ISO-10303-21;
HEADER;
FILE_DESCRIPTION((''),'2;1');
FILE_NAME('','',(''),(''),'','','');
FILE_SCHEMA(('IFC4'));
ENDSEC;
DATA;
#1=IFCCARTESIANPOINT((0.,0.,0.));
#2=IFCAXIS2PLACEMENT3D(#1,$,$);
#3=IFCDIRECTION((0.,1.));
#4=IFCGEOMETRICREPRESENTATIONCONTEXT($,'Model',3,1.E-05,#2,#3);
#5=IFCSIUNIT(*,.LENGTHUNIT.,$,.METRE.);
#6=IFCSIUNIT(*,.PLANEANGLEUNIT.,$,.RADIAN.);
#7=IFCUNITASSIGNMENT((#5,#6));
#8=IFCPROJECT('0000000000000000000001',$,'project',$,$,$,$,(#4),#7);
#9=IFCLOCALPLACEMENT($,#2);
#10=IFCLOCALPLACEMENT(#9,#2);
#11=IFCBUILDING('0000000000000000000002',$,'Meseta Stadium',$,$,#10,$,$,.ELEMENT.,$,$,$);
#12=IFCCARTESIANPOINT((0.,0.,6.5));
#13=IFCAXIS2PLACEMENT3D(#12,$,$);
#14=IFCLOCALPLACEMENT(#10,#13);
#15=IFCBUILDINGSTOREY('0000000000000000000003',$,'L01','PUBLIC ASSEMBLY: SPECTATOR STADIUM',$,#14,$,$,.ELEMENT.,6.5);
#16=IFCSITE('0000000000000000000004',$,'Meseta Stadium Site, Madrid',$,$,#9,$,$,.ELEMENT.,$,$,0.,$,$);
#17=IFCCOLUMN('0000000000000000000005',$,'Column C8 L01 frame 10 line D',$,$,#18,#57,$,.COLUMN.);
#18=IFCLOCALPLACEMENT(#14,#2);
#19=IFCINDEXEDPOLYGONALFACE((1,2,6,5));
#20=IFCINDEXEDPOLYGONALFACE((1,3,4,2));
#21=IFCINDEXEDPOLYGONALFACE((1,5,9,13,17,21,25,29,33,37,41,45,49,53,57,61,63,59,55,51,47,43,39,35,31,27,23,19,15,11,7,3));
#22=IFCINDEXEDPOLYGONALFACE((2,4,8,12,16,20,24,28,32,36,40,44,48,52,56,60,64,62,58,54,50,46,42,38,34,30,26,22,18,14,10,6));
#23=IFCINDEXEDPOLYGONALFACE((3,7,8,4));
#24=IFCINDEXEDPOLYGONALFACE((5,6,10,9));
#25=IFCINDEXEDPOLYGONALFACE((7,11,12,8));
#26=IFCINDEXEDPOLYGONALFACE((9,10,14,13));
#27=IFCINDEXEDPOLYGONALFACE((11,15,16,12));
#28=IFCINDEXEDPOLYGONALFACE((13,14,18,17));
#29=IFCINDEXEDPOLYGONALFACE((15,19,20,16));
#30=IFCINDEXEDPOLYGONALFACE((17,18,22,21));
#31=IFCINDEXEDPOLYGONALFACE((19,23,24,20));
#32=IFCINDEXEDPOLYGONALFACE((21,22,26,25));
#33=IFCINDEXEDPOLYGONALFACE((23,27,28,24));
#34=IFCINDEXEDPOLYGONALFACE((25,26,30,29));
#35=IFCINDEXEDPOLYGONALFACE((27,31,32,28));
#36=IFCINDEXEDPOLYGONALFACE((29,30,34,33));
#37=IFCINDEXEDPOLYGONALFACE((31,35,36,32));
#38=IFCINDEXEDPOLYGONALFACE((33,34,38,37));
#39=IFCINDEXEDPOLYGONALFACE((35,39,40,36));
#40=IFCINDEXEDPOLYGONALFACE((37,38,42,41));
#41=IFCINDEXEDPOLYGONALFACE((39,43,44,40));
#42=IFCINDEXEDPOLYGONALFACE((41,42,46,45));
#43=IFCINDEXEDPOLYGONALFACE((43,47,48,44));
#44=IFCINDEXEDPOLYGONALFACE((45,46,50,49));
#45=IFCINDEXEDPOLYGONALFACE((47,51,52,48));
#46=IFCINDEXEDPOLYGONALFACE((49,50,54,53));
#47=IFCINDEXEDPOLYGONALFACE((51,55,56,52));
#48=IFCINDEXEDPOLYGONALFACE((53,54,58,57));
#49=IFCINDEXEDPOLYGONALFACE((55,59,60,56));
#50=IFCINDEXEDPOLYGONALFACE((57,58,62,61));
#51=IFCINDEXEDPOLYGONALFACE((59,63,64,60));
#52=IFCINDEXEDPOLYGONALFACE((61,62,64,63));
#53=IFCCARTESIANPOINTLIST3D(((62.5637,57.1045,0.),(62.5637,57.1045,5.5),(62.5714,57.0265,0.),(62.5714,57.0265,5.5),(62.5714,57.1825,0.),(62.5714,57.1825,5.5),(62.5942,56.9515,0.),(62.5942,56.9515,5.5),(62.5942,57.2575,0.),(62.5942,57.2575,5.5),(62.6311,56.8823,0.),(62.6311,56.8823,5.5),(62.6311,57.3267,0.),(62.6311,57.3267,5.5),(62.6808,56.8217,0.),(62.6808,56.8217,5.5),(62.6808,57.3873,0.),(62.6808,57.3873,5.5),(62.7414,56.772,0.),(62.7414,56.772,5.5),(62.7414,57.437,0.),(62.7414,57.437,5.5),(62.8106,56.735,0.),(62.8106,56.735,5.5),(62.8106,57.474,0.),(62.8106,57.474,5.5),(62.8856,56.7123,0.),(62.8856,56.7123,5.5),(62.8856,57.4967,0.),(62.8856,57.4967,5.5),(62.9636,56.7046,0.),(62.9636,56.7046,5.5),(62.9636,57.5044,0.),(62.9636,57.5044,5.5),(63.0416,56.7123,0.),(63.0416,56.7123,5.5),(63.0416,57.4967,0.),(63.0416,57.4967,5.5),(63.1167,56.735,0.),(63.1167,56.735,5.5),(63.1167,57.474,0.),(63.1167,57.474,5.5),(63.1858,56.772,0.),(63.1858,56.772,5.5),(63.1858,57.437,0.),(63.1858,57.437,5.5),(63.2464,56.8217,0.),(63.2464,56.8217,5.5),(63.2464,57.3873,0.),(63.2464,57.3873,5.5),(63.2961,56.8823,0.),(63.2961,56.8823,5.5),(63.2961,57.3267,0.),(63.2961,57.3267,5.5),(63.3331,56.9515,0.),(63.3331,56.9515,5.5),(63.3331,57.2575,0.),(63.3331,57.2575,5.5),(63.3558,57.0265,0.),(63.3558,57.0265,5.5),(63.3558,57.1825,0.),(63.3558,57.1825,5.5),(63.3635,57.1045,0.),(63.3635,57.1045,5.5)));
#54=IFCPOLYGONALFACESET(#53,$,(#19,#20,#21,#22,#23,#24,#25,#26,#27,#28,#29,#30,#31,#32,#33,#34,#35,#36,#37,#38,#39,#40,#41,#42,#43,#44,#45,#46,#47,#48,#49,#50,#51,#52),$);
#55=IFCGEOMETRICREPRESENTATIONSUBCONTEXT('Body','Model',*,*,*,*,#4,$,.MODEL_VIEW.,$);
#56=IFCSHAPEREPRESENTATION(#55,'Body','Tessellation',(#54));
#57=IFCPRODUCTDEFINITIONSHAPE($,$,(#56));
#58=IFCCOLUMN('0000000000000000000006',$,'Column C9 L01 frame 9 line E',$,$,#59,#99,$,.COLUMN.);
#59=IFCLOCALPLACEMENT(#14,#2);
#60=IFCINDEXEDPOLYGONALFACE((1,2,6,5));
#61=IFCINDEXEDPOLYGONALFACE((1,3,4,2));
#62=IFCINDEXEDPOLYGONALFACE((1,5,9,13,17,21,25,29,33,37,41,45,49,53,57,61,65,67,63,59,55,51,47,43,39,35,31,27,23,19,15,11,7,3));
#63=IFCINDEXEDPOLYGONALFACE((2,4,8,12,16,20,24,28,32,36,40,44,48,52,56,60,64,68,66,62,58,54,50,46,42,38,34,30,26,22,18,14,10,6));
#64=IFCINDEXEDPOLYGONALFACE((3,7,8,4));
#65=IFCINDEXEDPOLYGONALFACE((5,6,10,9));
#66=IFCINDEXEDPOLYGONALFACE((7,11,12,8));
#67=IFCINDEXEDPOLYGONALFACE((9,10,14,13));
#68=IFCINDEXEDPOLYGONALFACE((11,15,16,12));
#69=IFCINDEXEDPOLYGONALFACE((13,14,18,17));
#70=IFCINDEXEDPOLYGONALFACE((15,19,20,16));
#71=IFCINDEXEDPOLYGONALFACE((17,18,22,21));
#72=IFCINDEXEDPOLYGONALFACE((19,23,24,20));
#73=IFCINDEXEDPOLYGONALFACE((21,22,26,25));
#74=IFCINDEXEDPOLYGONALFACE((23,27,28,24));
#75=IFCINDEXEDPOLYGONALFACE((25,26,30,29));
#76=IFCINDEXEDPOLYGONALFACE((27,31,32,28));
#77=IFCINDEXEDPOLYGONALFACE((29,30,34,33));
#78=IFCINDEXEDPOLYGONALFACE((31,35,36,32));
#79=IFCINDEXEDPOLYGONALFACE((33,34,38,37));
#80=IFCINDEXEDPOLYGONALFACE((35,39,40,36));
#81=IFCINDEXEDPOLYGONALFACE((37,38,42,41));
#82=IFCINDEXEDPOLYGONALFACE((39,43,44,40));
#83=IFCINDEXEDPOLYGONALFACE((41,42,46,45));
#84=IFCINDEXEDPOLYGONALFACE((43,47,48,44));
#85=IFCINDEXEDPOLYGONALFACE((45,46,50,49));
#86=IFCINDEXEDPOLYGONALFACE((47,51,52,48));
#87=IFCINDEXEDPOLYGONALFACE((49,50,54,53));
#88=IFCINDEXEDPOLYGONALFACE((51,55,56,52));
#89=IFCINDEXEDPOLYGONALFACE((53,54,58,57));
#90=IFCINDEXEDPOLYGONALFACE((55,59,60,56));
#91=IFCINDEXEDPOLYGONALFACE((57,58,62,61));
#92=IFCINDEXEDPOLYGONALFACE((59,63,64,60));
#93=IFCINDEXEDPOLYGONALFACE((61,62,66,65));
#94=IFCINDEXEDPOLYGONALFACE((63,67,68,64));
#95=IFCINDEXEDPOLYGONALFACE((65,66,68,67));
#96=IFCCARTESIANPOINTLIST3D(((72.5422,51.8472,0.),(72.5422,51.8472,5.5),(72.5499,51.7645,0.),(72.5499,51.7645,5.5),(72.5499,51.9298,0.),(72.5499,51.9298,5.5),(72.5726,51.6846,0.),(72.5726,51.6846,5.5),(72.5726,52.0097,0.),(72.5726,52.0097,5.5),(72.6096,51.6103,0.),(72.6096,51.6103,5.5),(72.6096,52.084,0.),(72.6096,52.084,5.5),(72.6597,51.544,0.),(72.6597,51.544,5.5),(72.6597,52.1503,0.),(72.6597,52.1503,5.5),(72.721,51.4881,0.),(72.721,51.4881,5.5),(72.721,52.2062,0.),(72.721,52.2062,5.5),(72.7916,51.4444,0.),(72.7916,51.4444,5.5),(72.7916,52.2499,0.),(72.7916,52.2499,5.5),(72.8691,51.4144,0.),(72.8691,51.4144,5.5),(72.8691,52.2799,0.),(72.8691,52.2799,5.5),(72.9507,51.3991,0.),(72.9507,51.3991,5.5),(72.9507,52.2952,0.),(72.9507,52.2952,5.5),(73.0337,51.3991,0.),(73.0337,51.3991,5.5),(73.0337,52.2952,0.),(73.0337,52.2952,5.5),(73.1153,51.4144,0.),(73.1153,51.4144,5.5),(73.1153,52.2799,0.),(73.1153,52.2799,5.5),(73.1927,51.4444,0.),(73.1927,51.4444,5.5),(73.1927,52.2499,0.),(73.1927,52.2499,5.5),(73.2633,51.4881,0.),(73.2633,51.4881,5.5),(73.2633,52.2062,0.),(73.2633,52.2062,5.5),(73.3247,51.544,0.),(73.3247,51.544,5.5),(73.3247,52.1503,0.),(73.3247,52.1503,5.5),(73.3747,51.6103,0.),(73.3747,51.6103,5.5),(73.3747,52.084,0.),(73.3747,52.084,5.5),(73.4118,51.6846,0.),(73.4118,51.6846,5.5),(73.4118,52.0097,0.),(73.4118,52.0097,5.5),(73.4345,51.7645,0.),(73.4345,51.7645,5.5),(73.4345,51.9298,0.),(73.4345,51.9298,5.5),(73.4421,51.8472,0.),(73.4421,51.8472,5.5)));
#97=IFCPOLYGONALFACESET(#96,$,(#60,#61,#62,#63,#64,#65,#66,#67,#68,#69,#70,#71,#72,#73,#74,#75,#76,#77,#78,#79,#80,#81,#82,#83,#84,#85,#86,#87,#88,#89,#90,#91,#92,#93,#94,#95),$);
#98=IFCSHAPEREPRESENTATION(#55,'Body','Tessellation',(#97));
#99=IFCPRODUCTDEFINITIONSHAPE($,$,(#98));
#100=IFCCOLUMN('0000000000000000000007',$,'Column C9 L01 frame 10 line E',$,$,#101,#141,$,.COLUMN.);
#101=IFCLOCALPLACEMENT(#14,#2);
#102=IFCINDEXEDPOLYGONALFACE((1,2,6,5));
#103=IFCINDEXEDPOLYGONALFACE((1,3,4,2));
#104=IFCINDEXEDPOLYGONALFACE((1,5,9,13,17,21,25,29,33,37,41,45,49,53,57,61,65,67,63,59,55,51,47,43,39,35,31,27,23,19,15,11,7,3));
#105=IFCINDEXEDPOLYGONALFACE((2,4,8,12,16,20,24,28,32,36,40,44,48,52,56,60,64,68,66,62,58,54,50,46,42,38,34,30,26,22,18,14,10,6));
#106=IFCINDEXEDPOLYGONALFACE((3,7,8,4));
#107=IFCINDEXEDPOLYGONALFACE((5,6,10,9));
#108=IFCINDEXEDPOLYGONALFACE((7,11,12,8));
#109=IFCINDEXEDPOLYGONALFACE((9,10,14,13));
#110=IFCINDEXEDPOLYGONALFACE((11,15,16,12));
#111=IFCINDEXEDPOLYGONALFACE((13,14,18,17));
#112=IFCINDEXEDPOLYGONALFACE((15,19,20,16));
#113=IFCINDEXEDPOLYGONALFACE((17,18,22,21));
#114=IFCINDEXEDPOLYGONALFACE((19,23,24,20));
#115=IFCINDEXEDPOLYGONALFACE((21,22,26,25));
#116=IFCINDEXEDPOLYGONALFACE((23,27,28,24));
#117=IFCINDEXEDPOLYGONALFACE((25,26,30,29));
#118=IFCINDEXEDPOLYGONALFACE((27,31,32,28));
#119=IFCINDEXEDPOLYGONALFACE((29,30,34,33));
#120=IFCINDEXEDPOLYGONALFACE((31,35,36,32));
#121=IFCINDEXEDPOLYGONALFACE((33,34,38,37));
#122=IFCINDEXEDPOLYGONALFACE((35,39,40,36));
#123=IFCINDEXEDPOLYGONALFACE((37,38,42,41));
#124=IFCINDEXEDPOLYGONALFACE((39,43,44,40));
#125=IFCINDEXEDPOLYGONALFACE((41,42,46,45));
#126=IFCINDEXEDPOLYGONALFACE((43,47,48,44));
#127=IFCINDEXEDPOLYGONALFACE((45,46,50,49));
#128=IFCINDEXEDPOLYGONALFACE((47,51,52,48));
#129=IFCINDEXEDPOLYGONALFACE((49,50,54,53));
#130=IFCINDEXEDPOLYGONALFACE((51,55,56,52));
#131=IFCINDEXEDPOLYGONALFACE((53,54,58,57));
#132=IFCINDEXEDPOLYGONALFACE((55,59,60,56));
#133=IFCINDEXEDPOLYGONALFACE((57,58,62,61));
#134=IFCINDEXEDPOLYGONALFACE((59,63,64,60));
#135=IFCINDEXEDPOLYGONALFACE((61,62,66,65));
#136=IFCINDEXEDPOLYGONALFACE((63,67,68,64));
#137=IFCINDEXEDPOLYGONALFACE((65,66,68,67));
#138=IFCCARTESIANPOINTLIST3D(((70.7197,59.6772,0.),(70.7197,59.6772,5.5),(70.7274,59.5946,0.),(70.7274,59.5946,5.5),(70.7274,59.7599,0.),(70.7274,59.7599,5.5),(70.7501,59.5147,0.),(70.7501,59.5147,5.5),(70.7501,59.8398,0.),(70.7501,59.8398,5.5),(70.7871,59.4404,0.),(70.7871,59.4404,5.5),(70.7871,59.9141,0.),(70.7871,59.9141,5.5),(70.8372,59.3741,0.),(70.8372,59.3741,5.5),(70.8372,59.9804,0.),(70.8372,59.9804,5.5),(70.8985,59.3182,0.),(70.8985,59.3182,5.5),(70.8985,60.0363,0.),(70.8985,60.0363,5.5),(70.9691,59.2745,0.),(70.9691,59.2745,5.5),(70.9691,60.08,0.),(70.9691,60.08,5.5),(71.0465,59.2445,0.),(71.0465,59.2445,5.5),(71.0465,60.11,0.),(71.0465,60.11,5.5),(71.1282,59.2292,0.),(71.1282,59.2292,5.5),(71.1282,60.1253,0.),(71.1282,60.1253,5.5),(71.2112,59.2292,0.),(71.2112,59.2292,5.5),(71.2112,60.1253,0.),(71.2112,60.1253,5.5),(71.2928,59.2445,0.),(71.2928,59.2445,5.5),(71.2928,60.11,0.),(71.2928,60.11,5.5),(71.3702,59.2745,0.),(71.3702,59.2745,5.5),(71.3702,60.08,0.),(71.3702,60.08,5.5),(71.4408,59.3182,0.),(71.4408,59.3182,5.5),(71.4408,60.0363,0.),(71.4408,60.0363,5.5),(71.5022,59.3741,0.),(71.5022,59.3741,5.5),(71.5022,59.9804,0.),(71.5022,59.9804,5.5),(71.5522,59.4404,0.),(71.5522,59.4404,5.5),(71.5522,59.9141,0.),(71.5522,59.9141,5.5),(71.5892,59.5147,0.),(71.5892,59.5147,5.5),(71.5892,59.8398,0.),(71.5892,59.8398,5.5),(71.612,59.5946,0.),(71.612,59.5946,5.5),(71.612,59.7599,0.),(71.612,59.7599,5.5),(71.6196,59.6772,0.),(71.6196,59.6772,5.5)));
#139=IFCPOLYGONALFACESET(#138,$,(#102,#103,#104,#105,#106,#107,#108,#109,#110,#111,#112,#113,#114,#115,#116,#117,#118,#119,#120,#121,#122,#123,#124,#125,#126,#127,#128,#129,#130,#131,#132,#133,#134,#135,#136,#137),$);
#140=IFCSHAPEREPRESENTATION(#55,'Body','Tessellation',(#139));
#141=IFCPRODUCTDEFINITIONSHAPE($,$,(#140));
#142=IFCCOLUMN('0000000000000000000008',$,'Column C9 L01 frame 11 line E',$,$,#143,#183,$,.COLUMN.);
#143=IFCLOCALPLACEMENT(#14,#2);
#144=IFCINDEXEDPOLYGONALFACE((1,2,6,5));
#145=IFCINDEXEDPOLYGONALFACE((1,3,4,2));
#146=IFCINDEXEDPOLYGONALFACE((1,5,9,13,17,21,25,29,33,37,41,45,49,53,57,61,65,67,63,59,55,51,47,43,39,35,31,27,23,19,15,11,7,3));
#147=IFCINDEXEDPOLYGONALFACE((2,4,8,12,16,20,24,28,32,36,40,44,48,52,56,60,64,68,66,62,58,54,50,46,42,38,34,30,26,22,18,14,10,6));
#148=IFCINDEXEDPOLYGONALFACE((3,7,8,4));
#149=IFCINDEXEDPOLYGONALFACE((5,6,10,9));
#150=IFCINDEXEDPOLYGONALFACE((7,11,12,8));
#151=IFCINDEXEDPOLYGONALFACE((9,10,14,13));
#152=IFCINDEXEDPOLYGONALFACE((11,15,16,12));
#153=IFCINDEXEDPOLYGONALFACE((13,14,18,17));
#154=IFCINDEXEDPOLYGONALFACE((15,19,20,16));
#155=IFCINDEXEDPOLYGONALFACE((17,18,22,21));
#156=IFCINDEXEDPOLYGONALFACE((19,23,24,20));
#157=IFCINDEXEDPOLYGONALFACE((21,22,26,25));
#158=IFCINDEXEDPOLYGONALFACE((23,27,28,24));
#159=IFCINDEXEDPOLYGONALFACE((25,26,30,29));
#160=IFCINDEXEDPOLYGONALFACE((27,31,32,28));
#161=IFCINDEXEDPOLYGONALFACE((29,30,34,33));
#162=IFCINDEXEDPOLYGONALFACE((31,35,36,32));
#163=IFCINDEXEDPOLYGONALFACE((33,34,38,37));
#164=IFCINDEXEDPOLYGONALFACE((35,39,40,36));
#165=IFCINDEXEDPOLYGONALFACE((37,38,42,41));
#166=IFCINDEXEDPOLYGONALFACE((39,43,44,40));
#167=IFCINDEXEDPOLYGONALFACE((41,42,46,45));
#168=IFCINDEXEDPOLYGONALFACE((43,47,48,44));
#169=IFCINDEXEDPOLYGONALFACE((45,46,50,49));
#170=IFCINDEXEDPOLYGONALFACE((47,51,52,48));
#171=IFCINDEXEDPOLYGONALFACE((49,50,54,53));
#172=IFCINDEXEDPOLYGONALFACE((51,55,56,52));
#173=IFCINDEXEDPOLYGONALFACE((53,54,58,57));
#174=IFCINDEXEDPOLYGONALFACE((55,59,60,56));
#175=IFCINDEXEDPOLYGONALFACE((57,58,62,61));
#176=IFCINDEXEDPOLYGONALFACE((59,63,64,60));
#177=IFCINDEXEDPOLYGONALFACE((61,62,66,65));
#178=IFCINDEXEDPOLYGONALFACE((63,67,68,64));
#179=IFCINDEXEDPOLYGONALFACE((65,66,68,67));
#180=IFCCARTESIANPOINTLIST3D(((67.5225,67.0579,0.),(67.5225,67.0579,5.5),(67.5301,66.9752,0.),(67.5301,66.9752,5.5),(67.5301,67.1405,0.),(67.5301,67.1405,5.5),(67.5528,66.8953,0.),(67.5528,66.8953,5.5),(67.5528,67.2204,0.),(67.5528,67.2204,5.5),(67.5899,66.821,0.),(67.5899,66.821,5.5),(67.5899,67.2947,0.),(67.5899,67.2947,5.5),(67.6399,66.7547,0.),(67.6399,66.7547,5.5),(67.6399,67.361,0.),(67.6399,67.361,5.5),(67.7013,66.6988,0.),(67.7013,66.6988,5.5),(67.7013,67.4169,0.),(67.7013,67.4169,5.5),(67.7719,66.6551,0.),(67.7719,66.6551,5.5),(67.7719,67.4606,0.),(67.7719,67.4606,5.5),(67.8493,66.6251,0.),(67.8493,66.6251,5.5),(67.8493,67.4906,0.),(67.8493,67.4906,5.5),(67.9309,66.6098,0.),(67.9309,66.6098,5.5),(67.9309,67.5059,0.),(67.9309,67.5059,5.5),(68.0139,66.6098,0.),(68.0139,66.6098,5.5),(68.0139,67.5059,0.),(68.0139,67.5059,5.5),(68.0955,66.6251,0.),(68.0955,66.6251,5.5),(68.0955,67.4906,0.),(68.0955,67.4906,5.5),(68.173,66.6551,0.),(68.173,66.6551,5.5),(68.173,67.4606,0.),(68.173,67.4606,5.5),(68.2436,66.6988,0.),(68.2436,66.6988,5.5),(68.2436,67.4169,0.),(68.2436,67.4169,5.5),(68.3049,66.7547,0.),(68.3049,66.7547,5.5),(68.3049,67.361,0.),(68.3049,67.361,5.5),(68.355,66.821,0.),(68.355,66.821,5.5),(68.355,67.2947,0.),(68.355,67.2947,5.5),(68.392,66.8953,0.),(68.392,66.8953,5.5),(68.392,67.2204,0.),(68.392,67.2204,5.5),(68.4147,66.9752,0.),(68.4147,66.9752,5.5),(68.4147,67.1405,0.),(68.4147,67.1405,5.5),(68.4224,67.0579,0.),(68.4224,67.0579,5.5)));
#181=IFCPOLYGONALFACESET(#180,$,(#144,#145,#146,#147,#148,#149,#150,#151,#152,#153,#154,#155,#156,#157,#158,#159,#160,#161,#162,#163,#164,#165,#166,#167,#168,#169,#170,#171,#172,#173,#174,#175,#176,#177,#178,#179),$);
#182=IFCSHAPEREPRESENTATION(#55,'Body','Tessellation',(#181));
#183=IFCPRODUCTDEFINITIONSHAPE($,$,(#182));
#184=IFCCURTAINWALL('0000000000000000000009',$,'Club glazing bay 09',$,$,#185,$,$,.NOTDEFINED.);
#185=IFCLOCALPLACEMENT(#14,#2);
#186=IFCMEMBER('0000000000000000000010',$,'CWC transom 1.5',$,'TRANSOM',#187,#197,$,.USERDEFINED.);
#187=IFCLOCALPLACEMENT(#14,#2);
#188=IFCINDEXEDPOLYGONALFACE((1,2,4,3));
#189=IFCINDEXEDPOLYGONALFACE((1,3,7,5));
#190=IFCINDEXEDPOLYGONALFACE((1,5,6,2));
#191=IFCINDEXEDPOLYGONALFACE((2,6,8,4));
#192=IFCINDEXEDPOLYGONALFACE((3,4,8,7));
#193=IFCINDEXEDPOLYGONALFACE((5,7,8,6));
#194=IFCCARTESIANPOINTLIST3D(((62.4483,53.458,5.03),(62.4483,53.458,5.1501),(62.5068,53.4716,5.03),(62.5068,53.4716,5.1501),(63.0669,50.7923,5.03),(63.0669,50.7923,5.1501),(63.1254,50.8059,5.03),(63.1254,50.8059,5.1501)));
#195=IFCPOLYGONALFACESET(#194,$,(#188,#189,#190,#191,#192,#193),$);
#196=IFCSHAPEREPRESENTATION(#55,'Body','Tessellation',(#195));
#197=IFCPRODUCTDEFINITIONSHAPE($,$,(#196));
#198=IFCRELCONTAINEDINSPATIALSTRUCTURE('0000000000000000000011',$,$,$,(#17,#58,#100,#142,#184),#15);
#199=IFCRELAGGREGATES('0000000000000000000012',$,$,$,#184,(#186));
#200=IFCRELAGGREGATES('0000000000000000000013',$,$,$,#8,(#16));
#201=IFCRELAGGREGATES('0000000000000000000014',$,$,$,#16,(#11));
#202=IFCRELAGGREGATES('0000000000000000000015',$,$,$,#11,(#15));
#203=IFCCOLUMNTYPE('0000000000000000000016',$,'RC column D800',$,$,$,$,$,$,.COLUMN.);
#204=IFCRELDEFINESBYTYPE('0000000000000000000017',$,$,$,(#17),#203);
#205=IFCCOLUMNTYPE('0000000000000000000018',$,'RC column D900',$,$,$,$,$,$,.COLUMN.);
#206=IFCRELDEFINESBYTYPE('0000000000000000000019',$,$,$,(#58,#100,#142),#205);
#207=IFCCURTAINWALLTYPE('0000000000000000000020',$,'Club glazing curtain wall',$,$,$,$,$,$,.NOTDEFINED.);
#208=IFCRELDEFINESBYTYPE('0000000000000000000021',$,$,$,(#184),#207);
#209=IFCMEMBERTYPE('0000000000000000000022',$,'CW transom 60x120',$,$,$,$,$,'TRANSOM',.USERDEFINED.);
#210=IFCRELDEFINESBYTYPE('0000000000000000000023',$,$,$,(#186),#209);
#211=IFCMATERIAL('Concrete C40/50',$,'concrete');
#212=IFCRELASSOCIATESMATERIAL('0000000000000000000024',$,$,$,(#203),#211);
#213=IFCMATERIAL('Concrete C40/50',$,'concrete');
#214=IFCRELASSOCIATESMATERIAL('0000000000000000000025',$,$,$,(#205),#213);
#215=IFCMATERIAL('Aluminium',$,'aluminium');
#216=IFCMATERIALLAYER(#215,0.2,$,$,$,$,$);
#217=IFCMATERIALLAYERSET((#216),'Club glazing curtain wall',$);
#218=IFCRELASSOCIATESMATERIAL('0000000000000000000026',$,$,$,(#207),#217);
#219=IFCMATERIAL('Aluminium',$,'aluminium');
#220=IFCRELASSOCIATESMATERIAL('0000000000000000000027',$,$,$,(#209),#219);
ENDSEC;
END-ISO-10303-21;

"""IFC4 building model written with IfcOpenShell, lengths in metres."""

from ifc_helpers import new_model, si_unit, direction, frame, origin, origin_2d, place, context, subcontext, project, spatial, rectangle, circle, extrude, material, layer, layer_set, material_profile, profile_set, type_object, element, aggregate, save


model = new_model("IFC4")

# Units and contexts
model_context = context("Model", 3, precision=1e-05, world=origin(), true_north=direction((0.0, 1.0)))
body_context = subcontext(model_context, "Body", "Model", "MODEL_VIEW")
ifc_project = project(units=[si_unit("LENGTHUNIT", "METRE"), si_unit("PLANEANGLEUNIT", "RADIAN")], contexts=[model_context])

# Site, building, storey
site_placement = place(None, origin())
site = spatial("IfcSite", under=ifc_project, at=site_placement, Name="Meseta Stadium Site, Madrid", CompositionType="ELEMENT", RefElevation=0.0)
building_placement = place(site_placement, origin())
building = spatial("IfcBuilding", under=site, at=building_placement, Name="Meseta Stadium", CompositionType="ELEMENT")
storey_placement = place(building_placement, frame((0.0, 0.0, 6.5)))
storey = spatial("IfcBuildingStorey", under=building, at=storey_placement, Name="L01", Description="PUBLIC ASSEMBLY: SPECTATOR STADIUM", CompositionType="ELEMENT", Elevation=6.5)

# Columns
ifc_material_1 = material(Name="Concrete C40/50", Category="concrete")
ifc_material_profile_1 = material_profile(ifc_material_1, circle(Radius=0.3999, at=origin_2d()), Name="RC D800")
ifc_profile_set_1 = profile_set([ifc_material_profile_1], Name="Concrete C40/50")
column_type_1 = type_object("IfcColumnType", Name="RC column D800", PredefinedType="COLUMN", material=ifc_profile_set_1)
column_placement = place(storey_placement, frame((62.9636, 57.1045, 0.0), z_axis=(0.0, 0.0, 1.0), x_axis=(1.0, 0.0, 0.0)))
element("IfcColumn", 1, at=column_placement, inside=storey, type_object=column_type_1, Name="Column C8 L01 frame 10 line D", PredefinedType="COLUMN", context=body_context, shape_type="SweptSolid", body=[
    extrude(circle(Radius=0.3999, at=origin_2d()), origin(), (0.0, 0.0, 1.0), 5.5),
])
ifc_material_2 = material(Name="Concrete C40/50", Category="concrete")
ifc_material_profile_2 = material_profile(ifc_material_2, circle(Radius=0.45, at=origin_2d()), Name="RC D900")
ifc_profile_set_2 = profile_set([ifc_material_profile_2], Name="Concrete C40/50")
column_type_2 = type_object("IfcColumnType", Name="RC column D900", PredefinedType="COLUMN", material=ifc_profile_set_2)
for number, where, z_axis, x_axis, name in (
    (2, (72.9922, 51.8472, 0.0), (0.0, 0.0, 1.0), (1.0, 0.0, 0.0), "Column C9 L01 frame 9 line E"),
    (3, (71.1697, 59.6772, 0.0), (0.0, 0.0, 1.0), (1.0, 0.0, 0.0), "Column C9 L01 frame 10 line E"),
    (4, (67.9724, 67.0579, 0.0), (0.0, 0.0, 1.0), (1.0, 0.0, 0.0), "Column C9 L01 frame 11 line E"),
):
    element("IfcColumn", number, at=place(storey_placement, frame(where, z_axis=z_axis, x_axis=x_axis)), inside=storey, type_object=column_type_2, Name=name, PredefinedType="COLUMN", context=body_context, shape_type="SweptSolid", body=[
        extrude(circle(Radius=0.45, at=origin_2d()), origin(), (0.0, 0.0, 1.0), 5.5),
    ])

# Curtain wall, member
ifc_material_3 = material(Name="Aluminium", Category="aluminium")
ifc_layer_1 = layer(ifc_material_3, 0.2)
ifc_layer_set_1 = layer_set([ifc_layer_1], Name="Club glazing curtain wall")
curtain_wall_type = type_object("IfcCurtainWallType", Name="Club glazing curtain wall", PredefinedType="NOTDEFINED", material=ifc_layer_set_1)
curtain_wall_placement = place(storey_placement, origin())
curtain_wall = element("IfcCurtainWall", 5, at=curtain_wall_placement, inside=storey, type_object=curtain_wall_type, Name="Club glazing bay 09", PredefinedType="NOTDEFINED")
ifc_material_4 = material(Name="Aluminium", Category="aluminium")
ifc_material_profile_3 = material_profile(ifc_material_4, rectangle(XDim=0.0601, YDim=0.1201, at=origin_2d()), Name="CW 60x120")
ifc_profile_set_3 = profile_set([ifc_material_profile_3], Name="Aluminium")
member_type = type_object("IfcMemberType", Name="CW transom 60x120", ElementType="TRANSOM", PredefinedType="USERDEFINED", material=ifc_profile_set_3)
member_placement = place(storey_placement, frame((63.0962, 50.7991, 5.0901), z_axis=(-0.226065, 0.974112, 0.0), x_axis=(-0.974112, -0.226065, 0.0)))
member = element("IfcMember", 6, at=member_placement, type_object=member_type, Name="CWC transom 1.5", ObjectType="TRANSOM", PredefinedType="USERDEFINED", context=body_context, shape_type="SweptSolid", body=[
    extrude(rectangle(XDim=0.0601, YDim=0.1201, at=origin_2d()), origin(), (0.0, 0.0, 1.0), 2.7366),
])

aggregate(curtain_wall, [member])

save(model, "model.ifc")
